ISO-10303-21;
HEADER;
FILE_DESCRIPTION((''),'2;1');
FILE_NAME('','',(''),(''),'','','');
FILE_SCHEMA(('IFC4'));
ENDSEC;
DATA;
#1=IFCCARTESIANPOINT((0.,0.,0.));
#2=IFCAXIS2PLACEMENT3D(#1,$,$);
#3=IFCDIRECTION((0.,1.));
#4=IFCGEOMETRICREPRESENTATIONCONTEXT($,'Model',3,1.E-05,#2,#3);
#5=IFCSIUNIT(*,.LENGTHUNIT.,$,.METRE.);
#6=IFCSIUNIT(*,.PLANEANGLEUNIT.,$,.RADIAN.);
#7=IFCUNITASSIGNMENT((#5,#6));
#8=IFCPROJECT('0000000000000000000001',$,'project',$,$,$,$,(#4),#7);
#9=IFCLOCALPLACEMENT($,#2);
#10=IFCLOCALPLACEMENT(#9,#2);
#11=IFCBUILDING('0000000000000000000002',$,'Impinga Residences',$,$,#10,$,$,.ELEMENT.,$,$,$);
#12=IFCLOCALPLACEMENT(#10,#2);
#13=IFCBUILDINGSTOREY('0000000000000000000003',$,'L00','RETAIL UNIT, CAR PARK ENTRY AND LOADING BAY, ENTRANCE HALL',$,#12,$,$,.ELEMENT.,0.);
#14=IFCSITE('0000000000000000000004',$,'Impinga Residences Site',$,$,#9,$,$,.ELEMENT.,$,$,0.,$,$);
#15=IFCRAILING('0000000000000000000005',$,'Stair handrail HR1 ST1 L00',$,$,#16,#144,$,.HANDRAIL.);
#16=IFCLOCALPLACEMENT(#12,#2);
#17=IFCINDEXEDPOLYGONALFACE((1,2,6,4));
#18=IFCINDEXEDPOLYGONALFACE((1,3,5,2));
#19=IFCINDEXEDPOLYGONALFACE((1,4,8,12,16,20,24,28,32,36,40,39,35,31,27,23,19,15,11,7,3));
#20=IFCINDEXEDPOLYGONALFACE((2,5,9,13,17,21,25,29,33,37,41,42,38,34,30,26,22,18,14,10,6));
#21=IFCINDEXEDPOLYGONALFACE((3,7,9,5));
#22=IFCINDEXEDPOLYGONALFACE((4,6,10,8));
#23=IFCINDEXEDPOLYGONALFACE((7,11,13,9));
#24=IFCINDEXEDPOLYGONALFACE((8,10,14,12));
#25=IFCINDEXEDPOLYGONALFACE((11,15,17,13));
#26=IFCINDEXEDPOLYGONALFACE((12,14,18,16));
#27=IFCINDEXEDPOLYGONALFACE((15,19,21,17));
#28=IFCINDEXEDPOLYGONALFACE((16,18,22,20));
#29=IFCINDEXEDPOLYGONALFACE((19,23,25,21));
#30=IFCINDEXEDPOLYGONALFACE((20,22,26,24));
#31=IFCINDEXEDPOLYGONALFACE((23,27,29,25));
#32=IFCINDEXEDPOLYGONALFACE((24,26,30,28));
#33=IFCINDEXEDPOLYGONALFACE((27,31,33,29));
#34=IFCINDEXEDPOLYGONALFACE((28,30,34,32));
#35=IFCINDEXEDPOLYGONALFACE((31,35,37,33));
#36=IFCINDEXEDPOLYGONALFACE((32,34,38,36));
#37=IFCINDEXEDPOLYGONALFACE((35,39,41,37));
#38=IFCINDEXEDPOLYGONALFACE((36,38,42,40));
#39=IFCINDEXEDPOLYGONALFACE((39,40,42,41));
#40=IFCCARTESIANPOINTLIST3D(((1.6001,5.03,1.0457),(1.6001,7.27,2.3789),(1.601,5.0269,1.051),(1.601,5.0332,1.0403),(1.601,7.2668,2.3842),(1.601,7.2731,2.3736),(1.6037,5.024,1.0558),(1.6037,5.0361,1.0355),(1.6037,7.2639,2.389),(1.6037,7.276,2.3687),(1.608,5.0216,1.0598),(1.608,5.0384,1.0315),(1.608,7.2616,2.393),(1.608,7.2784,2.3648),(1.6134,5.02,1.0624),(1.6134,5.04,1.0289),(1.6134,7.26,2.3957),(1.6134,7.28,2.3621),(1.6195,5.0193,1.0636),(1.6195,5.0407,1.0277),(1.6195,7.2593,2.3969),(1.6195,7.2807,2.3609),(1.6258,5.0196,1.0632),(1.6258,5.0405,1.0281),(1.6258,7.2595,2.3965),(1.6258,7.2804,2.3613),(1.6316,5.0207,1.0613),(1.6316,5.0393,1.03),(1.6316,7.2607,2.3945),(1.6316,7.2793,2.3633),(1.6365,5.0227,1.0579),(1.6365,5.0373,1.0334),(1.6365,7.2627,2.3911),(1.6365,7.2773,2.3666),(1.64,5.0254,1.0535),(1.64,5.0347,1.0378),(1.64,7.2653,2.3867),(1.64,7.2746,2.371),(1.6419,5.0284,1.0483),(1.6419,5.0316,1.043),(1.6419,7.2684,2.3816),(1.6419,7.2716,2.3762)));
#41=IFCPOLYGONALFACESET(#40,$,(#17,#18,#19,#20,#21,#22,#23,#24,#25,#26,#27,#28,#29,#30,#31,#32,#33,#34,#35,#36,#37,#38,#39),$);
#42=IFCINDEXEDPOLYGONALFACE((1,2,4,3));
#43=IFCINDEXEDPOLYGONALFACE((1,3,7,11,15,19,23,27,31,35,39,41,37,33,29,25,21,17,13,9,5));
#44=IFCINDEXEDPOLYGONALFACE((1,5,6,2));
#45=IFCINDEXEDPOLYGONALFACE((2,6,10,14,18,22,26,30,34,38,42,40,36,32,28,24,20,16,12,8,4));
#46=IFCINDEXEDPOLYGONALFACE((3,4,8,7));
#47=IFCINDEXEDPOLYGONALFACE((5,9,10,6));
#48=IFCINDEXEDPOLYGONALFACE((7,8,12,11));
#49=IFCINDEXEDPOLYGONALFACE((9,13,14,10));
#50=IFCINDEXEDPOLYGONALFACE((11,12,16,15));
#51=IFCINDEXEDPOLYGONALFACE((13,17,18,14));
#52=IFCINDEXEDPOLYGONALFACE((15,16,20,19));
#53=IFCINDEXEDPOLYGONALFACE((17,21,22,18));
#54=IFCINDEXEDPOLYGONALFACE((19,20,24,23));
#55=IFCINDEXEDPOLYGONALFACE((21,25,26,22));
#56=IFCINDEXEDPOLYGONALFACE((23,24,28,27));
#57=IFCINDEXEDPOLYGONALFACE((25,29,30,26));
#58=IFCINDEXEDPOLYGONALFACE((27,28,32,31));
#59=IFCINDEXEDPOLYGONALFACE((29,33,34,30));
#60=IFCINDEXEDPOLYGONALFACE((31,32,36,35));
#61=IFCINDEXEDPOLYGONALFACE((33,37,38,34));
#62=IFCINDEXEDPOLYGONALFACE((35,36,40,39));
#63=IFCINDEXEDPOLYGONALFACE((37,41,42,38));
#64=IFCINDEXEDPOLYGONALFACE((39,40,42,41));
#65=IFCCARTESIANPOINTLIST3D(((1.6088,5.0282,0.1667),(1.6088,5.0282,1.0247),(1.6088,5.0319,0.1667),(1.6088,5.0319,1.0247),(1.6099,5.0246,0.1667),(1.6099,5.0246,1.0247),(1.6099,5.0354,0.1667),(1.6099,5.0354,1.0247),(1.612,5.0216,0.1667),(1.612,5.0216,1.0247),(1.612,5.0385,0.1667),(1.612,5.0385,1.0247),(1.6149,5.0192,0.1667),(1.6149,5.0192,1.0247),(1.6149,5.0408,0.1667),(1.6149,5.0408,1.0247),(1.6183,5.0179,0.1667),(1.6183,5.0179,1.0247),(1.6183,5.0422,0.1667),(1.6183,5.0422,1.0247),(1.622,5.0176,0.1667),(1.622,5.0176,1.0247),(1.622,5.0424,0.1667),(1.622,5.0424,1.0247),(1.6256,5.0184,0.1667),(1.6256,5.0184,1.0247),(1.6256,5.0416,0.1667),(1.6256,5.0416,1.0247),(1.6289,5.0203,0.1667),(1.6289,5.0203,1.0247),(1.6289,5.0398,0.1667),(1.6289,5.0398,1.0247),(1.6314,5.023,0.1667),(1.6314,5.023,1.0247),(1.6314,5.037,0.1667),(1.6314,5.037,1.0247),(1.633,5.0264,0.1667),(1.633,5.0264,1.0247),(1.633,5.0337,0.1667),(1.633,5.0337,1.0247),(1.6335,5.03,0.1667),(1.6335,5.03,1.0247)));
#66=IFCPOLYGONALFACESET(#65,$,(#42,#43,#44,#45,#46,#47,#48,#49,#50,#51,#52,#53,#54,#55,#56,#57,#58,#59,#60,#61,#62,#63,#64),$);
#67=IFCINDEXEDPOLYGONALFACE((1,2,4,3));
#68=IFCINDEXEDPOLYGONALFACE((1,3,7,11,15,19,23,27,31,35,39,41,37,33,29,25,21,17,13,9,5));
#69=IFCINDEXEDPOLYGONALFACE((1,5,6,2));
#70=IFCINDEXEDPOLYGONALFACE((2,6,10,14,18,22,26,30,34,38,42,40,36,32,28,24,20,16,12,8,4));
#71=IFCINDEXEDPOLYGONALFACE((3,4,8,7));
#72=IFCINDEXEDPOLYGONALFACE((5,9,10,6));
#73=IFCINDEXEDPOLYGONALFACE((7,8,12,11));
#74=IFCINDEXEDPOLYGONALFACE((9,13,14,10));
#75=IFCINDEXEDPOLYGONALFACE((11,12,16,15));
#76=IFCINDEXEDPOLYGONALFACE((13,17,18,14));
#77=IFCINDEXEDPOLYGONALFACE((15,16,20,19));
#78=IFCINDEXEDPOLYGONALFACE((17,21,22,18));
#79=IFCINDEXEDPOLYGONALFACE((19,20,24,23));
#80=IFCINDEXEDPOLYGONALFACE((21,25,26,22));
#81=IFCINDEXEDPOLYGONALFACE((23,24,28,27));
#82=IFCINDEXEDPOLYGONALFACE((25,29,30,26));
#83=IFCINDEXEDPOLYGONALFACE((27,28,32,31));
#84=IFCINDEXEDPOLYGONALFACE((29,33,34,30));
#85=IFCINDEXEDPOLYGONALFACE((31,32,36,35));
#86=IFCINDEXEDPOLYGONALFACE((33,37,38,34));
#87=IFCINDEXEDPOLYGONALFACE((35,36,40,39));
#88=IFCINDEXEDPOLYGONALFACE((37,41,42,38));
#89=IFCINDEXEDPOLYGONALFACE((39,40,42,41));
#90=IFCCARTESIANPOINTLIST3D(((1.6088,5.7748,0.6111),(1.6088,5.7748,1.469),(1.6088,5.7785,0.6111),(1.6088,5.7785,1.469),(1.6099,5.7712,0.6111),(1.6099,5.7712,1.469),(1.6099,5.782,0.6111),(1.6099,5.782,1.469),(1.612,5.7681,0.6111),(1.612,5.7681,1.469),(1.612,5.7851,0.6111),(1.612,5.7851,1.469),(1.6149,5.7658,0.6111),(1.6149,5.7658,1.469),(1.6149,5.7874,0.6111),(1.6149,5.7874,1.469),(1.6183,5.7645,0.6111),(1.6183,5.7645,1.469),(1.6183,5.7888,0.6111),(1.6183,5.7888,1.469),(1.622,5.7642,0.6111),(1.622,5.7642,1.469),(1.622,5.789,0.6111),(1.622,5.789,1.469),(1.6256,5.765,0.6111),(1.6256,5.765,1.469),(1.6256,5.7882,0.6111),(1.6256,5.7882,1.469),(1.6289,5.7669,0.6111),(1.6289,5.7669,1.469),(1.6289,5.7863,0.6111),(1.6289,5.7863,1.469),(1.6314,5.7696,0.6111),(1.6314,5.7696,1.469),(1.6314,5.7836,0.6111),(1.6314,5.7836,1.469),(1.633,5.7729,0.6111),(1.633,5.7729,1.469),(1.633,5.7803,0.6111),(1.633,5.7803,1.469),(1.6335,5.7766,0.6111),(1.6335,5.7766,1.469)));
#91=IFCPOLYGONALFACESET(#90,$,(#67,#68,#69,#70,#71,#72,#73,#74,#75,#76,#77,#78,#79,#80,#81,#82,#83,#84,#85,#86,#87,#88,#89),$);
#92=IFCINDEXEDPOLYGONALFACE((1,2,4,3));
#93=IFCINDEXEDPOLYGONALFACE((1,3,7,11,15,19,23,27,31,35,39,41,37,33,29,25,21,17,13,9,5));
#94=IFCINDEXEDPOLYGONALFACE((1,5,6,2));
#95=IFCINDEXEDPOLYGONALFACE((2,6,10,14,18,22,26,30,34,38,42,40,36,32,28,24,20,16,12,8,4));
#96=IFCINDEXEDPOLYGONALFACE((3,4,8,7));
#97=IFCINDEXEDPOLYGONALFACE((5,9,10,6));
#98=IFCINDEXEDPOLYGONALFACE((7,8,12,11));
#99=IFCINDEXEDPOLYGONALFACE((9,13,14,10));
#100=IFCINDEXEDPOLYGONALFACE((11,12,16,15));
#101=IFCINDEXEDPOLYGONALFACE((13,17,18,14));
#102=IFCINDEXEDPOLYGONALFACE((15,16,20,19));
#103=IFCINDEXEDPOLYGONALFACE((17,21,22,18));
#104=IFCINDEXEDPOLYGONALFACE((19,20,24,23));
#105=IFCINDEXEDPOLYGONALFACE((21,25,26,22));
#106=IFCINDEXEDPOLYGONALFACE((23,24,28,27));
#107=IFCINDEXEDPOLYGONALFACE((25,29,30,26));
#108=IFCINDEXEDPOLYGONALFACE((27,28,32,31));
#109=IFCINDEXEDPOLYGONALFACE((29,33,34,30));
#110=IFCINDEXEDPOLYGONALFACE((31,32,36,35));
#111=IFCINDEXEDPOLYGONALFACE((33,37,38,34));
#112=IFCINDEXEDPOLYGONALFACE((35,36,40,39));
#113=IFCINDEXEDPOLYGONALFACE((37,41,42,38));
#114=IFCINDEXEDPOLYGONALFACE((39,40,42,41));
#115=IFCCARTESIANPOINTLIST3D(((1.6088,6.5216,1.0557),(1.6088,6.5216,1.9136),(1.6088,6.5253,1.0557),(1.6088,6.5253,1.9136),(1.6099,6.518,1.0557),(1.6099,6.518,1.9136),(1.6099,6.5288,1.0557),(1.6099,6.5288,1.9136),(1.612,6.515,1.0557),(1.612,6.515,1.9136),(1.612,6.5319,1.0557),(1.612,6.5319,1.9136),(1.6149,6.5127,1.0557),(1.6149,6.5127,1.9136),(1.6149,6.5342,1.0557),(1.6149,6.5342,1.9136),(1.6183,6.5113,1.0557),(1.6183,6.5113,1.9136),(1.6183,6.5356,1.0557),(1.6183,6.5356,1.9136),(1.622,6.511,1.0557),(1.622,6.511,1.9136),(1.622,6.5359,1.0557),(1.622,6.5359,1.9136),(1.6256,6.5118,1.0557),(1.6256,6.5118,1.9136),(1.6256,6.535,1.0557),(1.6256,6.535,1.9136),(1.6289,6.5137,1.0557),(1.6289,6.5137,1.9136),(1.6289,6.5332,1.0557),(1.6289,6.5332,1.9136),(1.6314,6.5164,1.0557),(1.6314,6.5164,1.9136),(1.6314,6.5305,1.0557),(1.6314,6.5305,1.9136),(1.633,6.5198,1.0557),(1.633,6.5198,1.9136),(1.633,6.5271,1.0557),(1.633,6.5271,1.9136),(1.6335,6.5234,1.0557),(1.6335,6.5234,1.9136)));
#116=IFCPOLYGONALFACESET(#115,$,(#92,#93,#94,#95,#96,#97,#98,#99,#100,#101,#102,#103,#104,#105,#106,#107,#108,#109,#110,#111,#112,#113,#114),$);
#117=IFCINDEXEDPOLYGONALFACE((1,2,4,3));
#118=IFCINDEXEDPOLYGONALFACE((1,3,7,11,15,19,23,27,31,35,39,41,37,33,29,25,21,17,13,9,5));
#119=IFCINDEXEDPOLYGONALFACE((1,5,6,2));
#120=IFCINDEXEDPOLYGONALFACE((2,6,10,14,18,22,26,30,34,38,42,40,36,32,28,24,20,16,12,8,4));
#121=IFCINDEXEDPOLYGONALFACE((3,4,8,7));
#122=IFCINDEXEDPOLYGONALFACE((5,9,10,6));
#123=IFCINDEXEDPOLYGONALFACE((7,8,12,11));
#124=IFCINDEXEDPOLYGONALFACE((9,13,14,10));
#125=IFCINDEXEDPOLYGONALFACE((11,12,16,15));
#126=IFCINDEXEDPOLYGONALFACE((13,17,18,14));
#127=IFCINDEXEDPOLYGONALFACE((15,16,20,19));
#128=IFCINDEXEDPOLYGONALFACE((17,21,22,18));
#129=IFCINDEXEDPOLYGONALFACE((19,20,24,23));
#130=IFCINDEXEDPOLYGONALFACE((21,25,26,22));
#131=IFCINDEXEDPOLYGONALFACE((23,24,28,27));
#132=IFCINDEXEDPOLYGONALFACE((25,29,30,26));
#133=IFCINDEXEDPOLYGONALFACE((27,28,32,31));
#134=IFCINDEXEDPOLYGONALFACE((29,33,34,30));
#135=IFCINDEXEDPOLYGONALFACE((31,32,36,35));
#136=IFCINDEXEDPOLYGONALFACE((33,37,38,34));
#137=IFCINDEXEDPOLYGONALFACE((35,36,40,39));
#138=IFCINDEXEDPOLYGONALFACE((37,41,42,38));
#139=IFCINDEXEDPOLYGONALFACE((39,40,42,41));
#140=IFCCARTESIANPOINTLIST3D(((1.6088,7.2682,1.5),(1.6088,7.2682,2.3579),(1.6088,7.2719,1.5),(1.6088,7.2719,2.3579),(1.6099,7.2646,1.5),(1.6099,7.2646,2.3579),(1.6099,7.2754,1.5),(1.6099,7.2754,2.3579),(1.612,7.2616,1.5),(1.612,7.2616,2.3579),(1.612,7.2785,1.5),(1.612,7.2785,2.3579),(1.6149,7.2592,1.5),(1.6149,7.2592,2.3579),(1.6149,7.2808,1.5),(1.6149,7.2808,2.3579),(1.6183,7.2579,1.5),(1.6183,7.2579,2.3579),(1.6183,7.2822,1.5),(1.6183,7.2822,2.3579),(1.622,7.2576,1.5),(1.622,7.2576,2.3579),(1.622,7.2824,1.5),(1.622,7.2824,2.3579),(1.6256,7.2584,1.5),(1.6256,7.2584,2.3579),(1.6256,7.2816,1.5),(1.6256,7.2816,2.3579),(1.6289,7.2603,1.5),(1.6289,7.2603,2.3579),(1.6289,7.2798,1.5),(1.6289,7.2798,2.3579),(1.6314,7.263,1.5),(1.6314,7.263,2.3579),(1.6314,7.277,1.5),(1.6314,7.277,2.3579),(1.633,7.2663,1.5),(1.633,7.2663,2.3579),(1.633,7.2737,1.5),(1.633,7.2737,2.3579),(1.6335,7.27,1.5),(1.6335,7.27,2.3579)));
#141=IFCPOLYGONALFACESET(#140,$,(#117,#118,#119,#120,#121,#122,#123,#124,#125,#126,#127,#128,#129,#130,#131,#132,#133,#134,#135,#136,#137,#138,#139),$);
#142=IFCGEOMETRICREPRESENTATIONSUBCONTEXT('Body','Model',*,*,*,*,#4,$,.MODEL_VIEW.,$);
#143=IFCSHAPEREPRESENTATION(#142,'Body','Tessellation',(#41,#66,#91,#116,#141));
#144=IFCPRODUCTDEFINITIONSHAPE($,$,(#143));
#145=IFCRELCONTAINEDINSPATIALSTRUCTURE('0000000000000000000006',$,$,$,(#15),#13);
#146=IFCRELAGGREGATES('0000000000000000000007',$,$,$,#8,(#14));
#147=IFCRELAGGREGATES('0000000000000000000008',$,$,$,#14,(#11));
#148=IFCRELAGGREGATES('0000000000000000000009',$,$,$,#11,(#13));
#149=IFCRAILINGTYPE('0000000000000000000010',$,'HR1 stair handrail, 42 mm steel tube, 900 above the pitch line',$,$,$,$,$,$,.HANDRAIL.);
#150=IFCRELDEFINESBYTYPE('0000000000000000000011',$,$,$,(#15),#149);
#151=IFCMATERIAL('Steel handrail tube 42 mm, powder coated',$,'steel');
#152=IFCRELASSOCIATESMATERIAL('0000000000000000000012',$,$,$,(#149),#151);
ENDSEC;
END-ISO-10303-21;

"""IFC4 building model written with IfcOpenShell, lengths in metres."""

from ifc_helpers import new_model, si_unit, direction, frame, origin, origin_2d, place, context, subcontext, project, spatial, circle, extrude, material, type_object, element, save


model = new_model("IFC4")

# Units and contexts
model_context = context("Model", 3, precision=1e-05, world=origin(), true_north=direction((0.0, 1.0)))
body_context = subcontext(model_context, "Body", "Model", "MODEL_VIEW")
ifc_project = project(units=[si_unit("LENGTHUNIT", "METRE"), si_unit("PLANEANGLEUNIT", "RADIAN")], contexts=[model_context])

# Site, building, storey
site_placement = place(None, origin())
site = spatial("IfcSite", under=ifc_project, at=site_placement, Name="Impinga Residences Site", CompositionType="ELEMENT", RefElevation=0.0)
building_placement = place(site_placement, origin())
building = spatial("IfcBuilding", under=site, at=building_placement, Name="Impinga Residences", CompositionType="ELEMENT")
storey_placement = place(building_placement, origin())
storey = spatial("IfcBuildingStorey", under=building, at=storey_placement, Name="L00", Description="RETAIL UNIT, CAR PARK ENTRY AND LOADING BAY, ENTRANCE HALL", CompositionType="ELEMENT", Elevation=0.0)

# Railing
ifc_material_1 = material(Name="Steel handrail tube 42 mm, powder coated", Category="steel")
railing_type = type_object("IfcRailingType", Name="HR1 stair handrail, 42 mm steel tube, 900 above the pitch line", PredefinedType="HANDRAIL", material=ifc_material_1)
for number, where, name in (
    (1, (1.6211, 5.03, 0.1667), "Stair handrail HR1 ST1 L00"),
):
    element("IfcRailing", number, at=place(storey_placement, frame(where)), inside=storey, type_object=railing_type, Name=name, PredefinedType="HANDRAIL", context=body_context, shape_type="SweptSolid", body=[
        extrude(circle(Radius=0.021, at=origin_2d()), frame((0.0, 0.0, 0.8789), z_axis=(0.0, 0.859306, 0.511462), x_axis=(-1.0, 0.0, 0.0)), (0.0, 0.0, 1.0), 2.6067),
        extrude(circle(Radius=0.0125, at=origin_2d()), origin(), (0.0, 0.0, 1.0), 0.8579),
        extrude(circle(Radius=0.0125, at=origin_2d()), frame((0.0, 0.7466, 0.4443)), (0.0, 0.0, 1.0), 0.8579),
        extrude(circle(Radius=0.0125, at=origin_2d()), frame((0.0, 1.4934, 0.8889)), (0.0, 0.0, 1.0), 0.8579),
        extrude(circle(Radius=0.0125, at=origin_2d()), frame((0.0, 2.24, 1.3333)), (0.0, 0.0, 1.0), 0.8579),
    ])

save(model, "model.ifc")
